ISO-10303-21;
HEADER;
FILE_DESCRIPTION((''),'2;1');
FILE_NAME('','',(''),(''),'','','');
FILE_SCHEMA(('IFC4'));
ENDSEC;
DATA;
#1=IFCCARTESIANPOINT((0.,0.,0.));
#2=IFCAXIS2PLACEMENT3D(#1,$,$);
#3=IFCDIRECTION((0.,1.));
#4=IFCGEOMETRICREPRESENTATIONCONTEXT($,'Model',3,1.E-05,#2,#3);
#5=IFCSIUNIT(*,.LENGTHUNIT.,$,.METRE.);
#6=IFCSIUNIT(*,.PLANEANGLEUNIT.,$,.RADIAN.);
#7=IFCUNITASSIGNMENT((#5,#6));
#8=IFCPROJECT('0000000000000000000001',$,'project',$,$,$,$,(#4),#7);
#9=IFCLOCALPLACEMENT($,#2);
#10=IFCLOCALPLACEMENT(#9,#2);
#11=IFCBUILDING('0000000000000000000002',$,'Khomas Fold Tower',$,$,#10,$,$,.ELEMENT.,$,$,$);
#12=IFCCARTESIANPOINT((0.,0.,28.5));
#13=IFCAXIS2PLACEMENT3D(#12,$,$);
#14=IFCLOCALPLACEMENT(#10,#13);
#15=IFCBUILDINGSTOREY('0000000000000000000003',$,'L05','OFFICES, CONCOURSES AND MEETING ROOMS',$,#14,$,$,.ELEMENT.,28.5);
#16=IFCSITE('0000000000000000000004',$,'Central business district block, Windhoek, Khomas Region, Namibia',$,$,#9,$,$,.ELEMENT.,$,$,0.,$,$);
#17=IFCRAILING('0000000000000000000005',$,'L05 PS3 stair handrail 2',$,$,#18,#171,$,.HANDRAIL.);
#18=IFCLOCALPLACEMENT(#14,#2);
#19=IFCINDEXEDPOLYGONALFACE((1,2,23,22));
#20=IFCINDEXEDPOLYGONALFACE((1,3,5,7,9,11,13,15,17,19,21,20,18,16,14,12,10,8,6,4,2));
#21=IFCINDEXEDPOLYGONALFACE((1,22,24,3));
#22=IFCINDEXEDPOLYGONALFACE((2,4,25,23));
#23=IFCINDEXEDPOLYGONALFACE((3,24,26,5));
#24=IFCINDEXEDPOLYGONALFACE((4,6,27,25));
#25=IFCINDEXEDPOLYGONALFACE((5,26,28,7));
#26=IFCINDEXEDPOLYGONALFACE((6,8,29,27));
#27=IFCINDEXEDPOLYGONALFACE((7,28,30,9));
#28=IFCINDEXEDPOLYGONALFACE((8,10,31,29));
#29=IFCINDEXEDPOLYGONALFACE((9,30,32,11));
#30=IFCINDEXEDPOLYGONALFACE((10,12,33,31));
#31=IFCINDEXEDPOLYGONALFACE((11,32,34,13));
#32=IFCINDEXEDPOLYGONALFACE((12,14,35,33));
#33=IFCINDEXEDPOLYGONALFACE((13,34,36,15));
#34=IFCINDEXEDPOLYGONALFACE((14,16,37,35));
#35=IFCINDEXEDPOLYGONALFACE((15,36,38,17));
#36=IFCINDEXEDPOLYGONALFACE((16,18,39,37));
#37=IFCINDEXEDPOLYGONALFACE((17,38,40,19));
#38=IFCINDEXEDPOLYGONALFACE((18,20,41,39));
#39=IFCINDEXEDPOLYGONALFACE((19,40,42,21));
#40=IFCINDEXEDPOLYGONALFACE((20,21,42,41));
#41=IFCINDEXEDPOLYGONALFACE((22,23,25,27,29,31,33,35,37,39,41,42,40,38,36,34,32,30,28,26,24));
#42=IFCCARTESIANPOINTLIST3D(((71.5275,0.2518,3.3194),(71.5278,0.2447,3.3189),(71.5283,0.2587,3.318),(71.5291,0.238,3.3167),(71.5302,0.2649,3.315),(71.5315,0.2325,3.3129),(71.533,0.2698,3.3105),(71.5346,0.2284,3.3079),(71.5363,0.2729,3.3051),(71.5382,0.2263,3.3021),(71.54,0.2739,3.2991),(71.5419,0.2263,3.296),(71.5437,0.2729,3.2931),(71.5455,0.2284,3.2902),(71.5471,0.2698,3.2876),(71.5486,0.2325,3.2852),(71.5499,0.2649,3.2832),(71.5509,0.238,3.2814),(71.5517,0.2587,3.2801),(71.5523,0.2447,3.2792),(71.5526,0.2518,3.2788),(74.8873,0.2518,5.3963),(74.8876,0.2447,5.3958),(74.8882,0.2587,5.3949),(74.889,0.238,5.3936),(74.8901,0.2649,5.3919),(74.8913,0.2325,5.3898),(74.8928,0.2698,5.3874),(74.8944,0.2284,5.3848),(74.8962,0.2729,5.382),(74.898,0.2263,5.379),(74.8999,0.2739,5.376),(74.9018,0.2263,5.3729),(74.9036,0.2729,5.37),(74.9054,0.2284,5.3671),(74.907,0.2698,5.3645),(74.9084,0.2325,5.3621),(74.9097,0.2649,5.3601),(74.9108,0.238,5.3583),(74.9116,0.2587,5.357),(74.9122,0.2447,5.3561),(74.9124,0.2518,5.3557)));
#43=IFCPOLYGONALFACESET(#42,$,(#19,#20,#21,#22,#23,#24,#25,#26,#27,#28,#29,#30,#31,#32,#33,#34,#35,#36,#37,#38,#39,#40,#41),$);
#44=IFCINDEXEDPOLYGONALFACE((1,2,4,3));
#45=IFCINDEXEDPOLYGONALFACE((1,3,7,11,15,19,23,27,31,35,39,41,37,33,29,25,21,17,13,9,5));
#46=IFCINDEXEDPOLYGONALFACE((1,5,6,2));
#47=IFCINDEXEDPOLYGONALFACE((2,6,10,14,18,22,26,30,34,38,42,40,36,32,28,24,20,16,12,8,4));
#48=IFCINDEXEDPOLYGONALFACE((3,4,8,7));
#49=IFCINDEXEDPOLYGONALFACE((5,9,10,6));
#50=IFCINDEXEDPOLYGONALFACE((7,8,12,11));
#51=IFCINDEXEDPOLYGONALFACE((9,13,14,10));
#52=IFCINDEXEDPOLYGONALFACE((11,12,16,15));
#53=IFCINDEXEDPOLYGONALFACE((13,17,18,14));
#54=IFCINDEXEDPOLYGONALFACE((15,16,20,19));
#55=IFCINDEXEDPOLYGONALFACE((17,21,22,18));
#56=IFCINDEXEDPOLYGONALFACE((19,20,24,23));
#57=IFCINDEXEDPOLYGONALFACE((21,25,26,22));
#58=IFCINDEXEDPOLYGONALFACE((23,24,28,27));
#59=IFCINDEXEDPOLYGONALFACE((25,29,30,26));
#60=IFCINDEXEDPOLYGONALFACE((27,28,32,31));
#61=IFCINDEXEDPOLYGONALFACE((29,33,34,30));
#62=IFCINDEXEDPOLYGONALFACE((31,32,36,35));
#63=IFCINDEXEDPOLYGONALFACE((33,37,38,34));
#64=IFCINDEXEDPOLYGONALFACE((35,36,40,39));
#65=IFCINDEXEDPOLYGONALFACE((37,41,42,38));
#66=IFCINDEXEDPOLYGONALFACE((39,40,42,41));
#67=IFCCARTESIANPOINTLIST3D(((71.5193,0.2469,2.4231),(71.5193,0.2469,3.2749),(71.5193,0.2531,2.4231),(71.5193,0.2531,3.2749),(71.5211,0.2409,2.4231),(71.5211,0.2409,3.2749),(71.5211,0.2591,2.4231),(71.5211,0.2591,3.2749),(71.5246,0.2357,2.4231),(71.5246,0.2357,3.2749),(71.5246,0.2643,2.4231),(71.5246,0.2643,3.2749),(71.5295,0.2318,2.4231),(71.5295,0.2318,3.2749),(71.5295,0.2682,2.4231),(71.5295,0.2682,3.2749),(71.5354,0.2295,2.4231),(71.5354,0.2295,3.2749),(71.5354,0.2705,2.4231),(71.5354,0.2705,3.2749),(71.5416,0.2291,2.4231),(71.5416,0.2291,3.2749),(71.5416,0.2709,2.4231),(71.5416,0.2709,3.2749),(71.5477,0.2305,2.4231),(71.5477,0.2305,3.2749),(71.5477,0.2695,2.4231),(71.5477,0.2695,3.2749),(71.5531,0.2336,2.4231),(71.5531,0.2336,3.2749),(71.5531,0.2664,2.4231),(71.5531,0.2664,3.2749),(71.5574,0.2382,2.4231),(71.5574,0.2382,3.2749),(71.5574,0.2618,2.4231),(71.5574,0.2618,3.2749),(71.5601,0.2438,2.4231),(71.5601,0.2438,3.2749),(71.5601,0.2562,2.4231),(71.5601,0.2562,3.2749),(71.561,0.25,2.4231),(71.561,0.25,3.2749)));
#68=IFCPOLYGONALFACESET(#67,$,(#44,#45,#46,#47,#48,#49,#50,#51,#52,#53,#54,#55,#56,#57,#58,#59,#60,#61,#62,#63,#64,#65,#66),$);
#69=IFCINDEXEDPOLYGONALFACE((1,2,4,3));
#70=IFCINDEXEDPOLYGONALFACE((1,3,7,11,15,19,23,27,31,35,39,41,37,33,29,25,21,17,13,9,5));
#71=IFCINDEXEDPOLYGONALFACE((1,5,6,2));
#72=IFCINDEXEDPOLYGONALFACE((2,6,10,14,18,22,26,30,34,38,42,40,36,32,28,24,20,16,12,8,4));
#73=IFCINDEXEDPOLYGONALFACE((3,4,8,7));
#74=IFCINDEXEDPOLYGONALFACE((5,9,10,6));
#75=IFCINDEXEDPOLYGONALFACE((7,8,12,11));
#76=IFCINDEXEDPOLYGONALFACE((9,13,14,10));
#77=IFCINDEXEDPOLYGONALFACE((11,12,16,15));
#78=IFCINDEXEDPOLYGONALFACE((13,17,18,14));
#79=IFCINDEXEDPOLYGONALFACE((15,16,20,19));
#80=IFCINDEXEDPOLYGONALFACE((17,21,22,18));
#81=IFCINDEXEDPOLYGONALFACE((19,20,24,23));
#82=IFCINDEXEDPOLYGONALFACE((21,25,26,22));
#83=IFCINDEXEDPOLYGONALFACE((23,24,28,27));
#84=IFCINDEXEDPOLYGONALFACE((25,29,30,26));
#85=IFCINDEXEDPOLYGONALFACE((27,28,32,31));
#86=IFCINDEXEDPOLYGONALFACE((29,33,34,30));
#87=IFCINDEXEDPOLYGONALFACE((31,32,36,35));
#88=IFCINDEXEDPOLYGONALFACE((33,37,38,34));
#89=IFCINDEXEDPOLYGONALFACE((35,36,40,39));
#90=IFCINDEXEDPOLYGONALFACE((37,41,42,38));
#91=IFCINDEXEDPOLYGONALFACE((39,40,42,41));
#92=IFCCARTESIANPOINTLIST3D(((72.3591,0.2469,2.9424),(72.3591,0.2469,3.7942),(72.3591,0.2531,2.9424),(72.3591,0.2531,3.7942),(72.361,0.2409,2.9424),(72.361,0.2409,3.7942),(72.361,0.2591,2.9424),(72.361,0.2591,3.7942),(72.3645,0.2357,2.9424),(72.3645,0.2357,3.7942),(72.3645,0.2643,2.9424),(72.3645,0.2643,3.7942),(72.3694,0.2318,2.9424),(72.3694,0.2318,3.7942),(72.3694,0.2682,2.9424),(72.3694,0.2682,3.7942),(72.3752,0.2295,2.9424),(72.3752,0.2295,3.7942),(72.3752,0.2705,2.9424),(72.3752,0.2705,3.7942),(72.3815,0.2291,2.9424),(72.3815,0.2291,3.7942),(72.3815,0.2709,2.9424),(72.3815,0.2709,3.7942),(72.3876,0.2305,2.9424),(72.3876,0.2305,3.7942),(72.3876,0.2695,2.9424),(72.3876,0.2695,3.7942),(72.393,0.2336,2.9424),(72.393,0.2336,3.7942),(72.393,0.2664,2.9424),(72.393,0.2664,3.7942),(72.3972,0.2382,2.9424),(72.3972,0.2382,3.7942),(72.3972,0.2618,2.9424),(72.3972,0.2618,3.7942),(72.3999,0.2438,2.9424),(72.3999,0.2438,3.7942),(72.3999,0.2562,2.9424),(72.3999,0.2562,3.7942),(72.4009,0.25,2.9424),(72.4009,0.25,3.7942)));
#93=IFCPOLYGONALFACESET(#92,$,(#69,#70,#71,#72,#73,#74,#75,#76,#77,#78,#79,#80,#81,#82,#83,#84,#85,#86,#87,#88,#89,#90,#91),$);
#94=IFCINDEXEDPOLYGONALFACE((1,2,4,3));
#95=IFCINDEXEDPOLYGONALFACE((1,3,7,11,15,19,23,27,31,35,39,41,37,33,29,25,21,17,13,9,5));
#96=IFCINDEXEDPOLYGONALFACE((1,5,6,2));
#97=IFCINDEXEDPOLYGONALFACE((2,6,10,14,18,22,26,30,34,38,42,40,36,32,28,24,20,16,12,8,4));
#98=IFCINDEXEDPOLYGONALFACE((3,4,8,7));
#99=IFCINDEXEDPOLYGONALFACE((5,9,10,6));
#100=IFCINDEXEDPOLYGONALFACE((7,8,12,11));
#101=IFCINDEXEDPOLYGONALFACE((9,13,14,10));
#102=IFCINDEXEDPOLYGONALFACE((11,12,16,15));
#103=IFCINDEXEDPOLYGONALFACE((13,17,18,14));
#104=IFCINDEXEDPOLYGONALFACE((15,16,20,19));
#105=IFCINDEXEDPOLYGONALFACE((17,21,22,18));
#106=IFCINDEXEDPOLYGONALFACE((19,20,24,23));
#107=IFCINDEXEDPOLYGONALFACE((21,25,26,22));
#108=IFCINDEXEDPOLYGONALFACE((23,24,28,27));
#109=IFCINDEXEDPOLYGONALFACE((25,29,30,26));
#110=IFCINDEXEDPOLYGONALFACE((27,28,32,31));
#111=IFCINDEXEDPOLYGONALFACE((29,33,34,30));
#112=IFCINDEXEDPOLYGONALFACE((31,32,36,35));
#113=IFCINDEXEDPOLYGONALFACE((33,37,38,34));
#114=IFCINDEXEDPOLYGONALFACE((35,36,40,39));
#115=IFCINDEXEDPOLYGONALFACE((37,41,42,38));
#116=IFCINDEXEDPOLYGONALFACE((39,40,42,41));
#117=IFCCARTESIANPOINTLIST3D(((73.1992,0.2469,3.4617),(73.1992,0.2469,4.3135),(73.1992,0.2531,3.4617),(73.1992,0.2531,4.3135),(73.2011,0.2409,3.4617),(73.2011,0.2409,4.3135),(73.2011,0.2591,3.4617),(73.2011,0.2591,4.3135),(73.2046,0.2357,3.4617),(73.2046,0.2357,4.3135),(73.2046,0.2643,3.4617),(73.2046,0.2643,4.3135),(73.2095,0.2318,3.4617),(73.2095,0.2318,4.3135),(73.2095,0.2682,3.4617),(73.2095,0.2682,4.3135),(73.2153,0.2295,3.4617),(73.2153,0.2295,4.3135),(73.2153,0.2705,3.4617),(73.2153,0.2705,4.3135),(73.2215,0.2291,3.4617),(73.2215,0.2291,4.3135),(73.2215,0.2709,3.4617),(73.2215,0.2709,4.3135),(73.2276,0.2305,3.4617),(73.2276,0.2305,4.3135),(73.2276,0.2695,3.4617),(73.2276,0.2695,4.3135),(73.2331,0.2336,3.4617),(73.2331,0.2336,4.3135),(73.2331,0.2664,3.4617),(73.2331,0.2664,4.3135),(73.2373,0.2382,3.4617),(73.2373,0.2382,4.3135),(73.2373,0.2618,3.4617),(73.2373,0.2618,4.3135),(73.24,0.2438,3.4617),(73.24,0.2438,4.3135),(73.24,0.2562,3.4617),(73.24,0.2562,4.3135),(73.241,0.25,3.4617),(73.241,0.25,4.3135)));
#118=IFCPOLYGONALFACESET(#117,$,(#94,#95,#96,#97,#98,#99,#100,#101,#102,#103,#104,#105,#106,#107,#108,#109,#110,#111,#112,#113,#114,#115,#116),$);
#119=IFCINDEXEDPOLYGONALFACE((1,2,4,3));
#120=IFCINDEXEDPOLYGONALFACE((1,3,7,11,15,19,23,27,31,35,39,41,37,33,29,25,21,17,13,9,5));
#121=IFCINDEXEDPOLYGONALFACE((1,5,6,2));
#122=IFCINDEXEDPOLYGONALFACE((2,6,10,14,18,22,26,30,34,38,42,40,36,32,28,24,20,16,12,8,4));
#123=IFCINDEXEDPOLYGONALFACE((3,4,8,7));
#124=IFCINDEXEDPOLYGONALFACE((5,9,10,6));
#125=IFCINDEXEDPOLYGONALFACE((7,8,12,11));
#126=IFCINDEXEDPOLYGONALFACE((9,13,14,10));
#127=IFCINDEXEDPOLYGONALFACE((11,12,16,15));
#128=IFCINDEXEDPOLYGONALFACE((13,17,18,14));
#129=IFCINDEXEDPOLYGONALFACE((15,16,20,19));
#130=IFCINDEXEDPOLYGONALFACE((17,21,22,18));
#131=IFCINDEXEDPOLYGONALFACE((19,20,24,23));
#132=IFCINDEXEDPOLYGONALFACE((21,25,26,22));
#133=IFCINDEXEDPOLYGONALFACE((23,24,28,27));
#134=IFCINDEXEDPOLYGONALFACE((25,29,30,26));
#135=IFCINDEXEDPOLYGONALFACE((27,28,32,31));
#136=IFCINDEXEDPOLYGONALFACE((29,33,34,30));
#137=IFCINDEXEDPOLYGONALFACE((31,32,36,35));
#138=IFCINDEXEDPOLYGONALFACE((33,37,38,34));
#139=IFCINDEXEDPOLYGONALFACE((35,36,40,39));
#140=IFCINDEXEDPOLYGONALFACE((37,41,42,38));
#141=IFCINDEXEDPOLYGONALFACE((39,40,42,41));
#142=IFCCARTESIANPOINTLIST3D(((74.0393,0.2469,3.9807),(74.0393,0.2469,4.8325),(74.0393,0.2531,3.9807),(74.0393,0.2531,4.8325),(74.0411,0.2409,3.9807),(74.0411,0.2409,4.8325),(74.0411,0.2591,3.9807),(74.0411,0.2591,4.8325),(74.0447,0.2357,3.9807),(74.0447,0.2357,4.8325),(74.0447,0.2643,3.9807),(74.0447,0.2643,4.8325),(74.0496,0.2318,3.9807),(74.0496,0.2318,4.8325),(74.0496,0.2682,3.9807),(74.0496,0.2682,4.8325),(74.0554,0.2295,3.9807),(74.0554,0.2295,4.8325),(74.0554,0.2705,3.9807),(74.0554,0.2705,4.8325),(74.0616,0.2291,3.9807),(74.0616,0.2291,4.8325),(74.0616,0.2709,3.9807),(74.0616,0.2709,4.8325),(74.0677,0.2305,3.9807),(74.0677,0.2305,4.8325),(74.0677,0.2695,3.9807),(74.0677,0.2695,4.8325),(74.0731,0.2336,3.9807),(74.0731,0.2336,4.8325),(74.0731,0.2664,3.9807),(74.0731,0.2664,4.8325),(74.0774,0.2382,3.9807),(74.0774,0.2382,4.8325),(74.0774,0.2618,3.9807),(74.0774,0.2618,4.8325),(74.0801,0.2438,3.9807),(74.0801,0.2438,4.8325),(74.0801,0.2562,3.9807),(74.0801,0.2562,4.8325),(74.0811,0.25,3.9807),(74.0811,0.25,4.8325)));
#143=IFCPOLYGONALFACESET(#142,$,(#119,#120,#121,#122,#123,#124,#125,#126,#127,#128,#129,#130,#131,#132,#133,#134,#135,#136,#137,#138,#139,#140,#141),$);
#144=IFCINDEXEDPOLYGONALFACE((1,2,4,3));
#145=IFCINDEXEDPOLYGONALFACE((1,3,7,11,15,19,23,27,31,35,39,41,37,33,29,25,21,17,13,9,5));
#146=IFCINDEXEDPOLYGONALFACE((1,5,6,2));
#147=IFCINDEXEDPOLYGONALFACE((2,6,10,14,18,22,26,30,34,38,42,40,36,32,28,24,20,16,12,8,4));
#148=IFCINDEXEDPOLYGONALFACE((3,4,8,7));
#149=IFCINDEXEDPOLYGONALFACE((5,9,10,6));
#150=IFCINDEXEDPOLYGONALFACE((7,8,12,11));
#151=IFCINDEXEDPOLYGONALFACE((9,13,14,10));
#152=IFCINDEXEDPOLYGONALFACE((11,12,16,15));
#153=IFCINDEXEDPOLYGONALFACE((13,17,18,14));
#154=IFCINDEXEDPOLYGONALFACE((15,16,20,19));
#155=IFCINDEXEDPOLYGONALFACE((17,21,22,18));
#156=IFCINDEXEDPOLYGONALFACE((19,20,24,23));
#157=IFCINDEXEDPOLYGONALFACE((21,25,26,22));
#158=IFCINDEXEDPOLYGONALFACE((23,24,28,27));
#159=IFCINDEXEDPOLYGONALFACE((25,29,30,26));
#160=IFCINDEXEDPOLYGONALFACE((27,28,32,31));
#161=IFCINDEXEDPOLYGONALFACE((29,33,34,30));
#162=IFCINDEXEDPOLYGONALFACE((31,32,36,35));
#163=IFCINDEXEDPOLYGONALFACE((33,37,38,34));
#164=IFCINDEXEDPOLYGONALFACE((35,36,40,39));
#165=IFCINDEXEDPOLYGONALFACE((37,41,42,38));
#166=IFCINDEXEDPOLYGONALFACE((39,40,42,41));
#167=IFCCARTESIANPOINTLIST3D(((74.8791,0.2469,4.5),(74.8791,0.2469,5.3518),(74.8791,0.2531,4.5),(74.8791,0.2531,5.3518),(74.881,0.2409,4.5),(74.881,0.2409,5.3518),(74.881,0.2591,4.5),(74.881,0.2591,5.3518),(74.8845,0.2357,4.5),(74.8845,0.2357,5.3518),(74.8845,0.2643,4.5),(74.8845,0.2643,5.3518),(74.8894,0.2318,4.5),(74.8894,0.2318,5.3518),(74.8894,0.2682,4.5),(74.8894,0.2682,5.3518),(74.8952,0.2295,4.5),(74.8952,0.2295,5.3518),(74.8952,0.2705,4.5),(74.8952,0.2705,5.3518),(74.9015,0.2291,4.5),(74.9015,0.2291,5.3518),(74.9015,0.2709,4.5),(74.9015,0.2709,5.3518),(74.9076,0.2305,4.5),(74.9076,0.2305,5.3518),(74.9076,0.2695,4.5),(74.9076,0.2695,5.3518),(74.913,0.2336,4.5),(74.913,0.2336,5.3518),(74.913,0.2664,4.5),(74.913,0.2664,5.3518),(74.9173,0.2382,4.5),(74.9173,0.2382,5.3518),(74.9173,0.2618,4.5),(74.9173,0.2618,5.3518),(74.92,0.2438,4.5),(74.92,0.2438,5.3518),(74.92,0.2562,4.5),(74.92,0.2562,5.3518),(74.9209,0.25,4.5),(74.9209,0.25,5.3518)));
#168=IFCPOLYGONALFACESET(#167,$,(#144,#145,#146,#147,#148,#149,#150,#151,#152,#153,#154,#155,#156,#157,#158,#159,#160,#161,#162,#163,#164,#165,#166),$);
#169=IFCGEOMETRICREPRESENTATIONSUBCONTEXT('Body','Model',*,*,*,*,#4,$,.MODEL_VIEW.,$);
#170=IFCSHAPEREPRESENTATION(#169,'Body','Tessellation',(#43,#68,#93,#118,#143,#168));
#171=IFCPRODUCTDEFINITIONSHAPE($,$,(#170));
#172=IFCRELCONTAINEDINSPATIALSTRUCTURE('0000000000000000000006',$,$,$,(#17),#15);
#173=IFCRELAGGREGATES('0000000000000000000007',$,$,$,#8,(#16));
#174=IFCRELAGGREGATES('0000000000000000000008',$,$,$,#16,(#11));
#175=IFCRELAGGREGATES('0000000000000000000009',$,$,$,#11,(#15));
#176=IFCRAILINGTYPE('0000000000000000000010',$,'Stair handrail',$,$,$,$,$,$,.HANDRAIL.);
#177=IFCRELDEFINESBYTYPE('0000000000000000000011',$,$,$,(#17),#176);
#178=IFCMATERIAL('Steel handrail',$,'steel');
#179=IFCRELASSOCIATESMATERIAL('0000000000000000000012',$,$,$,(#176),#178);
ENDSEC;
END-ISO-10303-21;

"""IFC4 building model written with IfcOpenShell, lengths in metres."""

from ifc_helpers import new_model, si_unit, direction, frame, origin, origin_2d, place, context, subcontext, project, spatial, circle, extrude, source, transform, mapped, material, type_object, element, save


model = new_model("IFC4")

# Units and contexts
model_context = context("Model", 3, precision=1e-05, world=origin(), true_north=direction((0.0, 1.0)))
body_context = subcontext(model_context, "Body", "Model", "MODEL_VIEW")
ifc_project = project(units=[si_unit("LENGTHUNIT", "METRE"), si_unit("PLANEANGLEUNIT", "RADIAN")], contexts=[model_context])

# Site, building, storey
site_placement = place(None, origin())
site = spatial("IfcSite", under=ifc_project, at=site_placement, Name="Central business district block, Windhoek, Khomas Region, Namibia", CompositionType="ELEMENT", RefElevation=0.0)
building_placement = place(site_placement, origin())
building = spatial("IfcBuilding", under=site, at=building_placement, Name="Khomas Fold Tower", CompositionType="ELEMENT")
storey_placement = place(building_placement, frame((0.0, 0.0, 28.5)))
storey = spatial("IfcBuildingStorey", under=building, at=storey_placement, Name="L05", Description="OFFICES, CONCOURSES AND MEETING ROOMS", CompositionType="ELEMENT", Elevation=28.5)

# Railing
ifc_material_1 = material(Name="Steel handrail", Category="steel")
railing_type = type_object("IfcRailingType", Name="Stair handrail", PredefinedType="HANDRAIL", material=ifc_material_1)
shared_shape_1 = source(origin(), body_context, "Body", "SweptSolid", [
    extrude(circle(Radius=0.0239, at=origin_2d()), frame((0.0, 0.0, 0.876), z_axis=(0.850606, 0.0, 0.525803), x_axis=(0.0, 1.0, 0.0)), (0.0, 0.0, 1.0), 3.95),
    extrude(circle(Radius=0.021, at=origin_2d()), origin(), (0.0, 0.0, 1.0), 0.8518),
    extrude(circle(Radius=0.021, at=origin_2d()), frame((0.8398, 0.0, 0.5193)), (0.0, 0.0, 1.0), 0.8518),
    extrude(circle(Radius=0.021, at=origin_2d()), frame((1.6799, 0.0, 1.0386)), (0.0, 0.0, 1.0), 0.8518),
    extrude(circle(Radius=0.021, at=origin_2d()), frame((2.52, 0.0, 1.5576)), (0.0, 0.0, 1.0), 0.8518),
    extrude(circle(Radius=0.021, at=origin_2d()), frame((3.3599, 0.0, 2.0769)), (0.0, 0.0, 1.0), 0.8518),
])
railing_placement = place(storey_placement, frame((71.54, 0.25, 2.4231)))
element("IfcRailing", 1, at=railing_placement, inside=storey, type_object=railing_type, Name="L05 PS3 stair handrail 2", PredefinedType="HANDRAIL", context=body_context, shape_type="MappedRepresentation", body=[
    mapped(shared_shape_1, transform((0.0, 0.0, 0.0))),
])

save(model, "model.ifc")
